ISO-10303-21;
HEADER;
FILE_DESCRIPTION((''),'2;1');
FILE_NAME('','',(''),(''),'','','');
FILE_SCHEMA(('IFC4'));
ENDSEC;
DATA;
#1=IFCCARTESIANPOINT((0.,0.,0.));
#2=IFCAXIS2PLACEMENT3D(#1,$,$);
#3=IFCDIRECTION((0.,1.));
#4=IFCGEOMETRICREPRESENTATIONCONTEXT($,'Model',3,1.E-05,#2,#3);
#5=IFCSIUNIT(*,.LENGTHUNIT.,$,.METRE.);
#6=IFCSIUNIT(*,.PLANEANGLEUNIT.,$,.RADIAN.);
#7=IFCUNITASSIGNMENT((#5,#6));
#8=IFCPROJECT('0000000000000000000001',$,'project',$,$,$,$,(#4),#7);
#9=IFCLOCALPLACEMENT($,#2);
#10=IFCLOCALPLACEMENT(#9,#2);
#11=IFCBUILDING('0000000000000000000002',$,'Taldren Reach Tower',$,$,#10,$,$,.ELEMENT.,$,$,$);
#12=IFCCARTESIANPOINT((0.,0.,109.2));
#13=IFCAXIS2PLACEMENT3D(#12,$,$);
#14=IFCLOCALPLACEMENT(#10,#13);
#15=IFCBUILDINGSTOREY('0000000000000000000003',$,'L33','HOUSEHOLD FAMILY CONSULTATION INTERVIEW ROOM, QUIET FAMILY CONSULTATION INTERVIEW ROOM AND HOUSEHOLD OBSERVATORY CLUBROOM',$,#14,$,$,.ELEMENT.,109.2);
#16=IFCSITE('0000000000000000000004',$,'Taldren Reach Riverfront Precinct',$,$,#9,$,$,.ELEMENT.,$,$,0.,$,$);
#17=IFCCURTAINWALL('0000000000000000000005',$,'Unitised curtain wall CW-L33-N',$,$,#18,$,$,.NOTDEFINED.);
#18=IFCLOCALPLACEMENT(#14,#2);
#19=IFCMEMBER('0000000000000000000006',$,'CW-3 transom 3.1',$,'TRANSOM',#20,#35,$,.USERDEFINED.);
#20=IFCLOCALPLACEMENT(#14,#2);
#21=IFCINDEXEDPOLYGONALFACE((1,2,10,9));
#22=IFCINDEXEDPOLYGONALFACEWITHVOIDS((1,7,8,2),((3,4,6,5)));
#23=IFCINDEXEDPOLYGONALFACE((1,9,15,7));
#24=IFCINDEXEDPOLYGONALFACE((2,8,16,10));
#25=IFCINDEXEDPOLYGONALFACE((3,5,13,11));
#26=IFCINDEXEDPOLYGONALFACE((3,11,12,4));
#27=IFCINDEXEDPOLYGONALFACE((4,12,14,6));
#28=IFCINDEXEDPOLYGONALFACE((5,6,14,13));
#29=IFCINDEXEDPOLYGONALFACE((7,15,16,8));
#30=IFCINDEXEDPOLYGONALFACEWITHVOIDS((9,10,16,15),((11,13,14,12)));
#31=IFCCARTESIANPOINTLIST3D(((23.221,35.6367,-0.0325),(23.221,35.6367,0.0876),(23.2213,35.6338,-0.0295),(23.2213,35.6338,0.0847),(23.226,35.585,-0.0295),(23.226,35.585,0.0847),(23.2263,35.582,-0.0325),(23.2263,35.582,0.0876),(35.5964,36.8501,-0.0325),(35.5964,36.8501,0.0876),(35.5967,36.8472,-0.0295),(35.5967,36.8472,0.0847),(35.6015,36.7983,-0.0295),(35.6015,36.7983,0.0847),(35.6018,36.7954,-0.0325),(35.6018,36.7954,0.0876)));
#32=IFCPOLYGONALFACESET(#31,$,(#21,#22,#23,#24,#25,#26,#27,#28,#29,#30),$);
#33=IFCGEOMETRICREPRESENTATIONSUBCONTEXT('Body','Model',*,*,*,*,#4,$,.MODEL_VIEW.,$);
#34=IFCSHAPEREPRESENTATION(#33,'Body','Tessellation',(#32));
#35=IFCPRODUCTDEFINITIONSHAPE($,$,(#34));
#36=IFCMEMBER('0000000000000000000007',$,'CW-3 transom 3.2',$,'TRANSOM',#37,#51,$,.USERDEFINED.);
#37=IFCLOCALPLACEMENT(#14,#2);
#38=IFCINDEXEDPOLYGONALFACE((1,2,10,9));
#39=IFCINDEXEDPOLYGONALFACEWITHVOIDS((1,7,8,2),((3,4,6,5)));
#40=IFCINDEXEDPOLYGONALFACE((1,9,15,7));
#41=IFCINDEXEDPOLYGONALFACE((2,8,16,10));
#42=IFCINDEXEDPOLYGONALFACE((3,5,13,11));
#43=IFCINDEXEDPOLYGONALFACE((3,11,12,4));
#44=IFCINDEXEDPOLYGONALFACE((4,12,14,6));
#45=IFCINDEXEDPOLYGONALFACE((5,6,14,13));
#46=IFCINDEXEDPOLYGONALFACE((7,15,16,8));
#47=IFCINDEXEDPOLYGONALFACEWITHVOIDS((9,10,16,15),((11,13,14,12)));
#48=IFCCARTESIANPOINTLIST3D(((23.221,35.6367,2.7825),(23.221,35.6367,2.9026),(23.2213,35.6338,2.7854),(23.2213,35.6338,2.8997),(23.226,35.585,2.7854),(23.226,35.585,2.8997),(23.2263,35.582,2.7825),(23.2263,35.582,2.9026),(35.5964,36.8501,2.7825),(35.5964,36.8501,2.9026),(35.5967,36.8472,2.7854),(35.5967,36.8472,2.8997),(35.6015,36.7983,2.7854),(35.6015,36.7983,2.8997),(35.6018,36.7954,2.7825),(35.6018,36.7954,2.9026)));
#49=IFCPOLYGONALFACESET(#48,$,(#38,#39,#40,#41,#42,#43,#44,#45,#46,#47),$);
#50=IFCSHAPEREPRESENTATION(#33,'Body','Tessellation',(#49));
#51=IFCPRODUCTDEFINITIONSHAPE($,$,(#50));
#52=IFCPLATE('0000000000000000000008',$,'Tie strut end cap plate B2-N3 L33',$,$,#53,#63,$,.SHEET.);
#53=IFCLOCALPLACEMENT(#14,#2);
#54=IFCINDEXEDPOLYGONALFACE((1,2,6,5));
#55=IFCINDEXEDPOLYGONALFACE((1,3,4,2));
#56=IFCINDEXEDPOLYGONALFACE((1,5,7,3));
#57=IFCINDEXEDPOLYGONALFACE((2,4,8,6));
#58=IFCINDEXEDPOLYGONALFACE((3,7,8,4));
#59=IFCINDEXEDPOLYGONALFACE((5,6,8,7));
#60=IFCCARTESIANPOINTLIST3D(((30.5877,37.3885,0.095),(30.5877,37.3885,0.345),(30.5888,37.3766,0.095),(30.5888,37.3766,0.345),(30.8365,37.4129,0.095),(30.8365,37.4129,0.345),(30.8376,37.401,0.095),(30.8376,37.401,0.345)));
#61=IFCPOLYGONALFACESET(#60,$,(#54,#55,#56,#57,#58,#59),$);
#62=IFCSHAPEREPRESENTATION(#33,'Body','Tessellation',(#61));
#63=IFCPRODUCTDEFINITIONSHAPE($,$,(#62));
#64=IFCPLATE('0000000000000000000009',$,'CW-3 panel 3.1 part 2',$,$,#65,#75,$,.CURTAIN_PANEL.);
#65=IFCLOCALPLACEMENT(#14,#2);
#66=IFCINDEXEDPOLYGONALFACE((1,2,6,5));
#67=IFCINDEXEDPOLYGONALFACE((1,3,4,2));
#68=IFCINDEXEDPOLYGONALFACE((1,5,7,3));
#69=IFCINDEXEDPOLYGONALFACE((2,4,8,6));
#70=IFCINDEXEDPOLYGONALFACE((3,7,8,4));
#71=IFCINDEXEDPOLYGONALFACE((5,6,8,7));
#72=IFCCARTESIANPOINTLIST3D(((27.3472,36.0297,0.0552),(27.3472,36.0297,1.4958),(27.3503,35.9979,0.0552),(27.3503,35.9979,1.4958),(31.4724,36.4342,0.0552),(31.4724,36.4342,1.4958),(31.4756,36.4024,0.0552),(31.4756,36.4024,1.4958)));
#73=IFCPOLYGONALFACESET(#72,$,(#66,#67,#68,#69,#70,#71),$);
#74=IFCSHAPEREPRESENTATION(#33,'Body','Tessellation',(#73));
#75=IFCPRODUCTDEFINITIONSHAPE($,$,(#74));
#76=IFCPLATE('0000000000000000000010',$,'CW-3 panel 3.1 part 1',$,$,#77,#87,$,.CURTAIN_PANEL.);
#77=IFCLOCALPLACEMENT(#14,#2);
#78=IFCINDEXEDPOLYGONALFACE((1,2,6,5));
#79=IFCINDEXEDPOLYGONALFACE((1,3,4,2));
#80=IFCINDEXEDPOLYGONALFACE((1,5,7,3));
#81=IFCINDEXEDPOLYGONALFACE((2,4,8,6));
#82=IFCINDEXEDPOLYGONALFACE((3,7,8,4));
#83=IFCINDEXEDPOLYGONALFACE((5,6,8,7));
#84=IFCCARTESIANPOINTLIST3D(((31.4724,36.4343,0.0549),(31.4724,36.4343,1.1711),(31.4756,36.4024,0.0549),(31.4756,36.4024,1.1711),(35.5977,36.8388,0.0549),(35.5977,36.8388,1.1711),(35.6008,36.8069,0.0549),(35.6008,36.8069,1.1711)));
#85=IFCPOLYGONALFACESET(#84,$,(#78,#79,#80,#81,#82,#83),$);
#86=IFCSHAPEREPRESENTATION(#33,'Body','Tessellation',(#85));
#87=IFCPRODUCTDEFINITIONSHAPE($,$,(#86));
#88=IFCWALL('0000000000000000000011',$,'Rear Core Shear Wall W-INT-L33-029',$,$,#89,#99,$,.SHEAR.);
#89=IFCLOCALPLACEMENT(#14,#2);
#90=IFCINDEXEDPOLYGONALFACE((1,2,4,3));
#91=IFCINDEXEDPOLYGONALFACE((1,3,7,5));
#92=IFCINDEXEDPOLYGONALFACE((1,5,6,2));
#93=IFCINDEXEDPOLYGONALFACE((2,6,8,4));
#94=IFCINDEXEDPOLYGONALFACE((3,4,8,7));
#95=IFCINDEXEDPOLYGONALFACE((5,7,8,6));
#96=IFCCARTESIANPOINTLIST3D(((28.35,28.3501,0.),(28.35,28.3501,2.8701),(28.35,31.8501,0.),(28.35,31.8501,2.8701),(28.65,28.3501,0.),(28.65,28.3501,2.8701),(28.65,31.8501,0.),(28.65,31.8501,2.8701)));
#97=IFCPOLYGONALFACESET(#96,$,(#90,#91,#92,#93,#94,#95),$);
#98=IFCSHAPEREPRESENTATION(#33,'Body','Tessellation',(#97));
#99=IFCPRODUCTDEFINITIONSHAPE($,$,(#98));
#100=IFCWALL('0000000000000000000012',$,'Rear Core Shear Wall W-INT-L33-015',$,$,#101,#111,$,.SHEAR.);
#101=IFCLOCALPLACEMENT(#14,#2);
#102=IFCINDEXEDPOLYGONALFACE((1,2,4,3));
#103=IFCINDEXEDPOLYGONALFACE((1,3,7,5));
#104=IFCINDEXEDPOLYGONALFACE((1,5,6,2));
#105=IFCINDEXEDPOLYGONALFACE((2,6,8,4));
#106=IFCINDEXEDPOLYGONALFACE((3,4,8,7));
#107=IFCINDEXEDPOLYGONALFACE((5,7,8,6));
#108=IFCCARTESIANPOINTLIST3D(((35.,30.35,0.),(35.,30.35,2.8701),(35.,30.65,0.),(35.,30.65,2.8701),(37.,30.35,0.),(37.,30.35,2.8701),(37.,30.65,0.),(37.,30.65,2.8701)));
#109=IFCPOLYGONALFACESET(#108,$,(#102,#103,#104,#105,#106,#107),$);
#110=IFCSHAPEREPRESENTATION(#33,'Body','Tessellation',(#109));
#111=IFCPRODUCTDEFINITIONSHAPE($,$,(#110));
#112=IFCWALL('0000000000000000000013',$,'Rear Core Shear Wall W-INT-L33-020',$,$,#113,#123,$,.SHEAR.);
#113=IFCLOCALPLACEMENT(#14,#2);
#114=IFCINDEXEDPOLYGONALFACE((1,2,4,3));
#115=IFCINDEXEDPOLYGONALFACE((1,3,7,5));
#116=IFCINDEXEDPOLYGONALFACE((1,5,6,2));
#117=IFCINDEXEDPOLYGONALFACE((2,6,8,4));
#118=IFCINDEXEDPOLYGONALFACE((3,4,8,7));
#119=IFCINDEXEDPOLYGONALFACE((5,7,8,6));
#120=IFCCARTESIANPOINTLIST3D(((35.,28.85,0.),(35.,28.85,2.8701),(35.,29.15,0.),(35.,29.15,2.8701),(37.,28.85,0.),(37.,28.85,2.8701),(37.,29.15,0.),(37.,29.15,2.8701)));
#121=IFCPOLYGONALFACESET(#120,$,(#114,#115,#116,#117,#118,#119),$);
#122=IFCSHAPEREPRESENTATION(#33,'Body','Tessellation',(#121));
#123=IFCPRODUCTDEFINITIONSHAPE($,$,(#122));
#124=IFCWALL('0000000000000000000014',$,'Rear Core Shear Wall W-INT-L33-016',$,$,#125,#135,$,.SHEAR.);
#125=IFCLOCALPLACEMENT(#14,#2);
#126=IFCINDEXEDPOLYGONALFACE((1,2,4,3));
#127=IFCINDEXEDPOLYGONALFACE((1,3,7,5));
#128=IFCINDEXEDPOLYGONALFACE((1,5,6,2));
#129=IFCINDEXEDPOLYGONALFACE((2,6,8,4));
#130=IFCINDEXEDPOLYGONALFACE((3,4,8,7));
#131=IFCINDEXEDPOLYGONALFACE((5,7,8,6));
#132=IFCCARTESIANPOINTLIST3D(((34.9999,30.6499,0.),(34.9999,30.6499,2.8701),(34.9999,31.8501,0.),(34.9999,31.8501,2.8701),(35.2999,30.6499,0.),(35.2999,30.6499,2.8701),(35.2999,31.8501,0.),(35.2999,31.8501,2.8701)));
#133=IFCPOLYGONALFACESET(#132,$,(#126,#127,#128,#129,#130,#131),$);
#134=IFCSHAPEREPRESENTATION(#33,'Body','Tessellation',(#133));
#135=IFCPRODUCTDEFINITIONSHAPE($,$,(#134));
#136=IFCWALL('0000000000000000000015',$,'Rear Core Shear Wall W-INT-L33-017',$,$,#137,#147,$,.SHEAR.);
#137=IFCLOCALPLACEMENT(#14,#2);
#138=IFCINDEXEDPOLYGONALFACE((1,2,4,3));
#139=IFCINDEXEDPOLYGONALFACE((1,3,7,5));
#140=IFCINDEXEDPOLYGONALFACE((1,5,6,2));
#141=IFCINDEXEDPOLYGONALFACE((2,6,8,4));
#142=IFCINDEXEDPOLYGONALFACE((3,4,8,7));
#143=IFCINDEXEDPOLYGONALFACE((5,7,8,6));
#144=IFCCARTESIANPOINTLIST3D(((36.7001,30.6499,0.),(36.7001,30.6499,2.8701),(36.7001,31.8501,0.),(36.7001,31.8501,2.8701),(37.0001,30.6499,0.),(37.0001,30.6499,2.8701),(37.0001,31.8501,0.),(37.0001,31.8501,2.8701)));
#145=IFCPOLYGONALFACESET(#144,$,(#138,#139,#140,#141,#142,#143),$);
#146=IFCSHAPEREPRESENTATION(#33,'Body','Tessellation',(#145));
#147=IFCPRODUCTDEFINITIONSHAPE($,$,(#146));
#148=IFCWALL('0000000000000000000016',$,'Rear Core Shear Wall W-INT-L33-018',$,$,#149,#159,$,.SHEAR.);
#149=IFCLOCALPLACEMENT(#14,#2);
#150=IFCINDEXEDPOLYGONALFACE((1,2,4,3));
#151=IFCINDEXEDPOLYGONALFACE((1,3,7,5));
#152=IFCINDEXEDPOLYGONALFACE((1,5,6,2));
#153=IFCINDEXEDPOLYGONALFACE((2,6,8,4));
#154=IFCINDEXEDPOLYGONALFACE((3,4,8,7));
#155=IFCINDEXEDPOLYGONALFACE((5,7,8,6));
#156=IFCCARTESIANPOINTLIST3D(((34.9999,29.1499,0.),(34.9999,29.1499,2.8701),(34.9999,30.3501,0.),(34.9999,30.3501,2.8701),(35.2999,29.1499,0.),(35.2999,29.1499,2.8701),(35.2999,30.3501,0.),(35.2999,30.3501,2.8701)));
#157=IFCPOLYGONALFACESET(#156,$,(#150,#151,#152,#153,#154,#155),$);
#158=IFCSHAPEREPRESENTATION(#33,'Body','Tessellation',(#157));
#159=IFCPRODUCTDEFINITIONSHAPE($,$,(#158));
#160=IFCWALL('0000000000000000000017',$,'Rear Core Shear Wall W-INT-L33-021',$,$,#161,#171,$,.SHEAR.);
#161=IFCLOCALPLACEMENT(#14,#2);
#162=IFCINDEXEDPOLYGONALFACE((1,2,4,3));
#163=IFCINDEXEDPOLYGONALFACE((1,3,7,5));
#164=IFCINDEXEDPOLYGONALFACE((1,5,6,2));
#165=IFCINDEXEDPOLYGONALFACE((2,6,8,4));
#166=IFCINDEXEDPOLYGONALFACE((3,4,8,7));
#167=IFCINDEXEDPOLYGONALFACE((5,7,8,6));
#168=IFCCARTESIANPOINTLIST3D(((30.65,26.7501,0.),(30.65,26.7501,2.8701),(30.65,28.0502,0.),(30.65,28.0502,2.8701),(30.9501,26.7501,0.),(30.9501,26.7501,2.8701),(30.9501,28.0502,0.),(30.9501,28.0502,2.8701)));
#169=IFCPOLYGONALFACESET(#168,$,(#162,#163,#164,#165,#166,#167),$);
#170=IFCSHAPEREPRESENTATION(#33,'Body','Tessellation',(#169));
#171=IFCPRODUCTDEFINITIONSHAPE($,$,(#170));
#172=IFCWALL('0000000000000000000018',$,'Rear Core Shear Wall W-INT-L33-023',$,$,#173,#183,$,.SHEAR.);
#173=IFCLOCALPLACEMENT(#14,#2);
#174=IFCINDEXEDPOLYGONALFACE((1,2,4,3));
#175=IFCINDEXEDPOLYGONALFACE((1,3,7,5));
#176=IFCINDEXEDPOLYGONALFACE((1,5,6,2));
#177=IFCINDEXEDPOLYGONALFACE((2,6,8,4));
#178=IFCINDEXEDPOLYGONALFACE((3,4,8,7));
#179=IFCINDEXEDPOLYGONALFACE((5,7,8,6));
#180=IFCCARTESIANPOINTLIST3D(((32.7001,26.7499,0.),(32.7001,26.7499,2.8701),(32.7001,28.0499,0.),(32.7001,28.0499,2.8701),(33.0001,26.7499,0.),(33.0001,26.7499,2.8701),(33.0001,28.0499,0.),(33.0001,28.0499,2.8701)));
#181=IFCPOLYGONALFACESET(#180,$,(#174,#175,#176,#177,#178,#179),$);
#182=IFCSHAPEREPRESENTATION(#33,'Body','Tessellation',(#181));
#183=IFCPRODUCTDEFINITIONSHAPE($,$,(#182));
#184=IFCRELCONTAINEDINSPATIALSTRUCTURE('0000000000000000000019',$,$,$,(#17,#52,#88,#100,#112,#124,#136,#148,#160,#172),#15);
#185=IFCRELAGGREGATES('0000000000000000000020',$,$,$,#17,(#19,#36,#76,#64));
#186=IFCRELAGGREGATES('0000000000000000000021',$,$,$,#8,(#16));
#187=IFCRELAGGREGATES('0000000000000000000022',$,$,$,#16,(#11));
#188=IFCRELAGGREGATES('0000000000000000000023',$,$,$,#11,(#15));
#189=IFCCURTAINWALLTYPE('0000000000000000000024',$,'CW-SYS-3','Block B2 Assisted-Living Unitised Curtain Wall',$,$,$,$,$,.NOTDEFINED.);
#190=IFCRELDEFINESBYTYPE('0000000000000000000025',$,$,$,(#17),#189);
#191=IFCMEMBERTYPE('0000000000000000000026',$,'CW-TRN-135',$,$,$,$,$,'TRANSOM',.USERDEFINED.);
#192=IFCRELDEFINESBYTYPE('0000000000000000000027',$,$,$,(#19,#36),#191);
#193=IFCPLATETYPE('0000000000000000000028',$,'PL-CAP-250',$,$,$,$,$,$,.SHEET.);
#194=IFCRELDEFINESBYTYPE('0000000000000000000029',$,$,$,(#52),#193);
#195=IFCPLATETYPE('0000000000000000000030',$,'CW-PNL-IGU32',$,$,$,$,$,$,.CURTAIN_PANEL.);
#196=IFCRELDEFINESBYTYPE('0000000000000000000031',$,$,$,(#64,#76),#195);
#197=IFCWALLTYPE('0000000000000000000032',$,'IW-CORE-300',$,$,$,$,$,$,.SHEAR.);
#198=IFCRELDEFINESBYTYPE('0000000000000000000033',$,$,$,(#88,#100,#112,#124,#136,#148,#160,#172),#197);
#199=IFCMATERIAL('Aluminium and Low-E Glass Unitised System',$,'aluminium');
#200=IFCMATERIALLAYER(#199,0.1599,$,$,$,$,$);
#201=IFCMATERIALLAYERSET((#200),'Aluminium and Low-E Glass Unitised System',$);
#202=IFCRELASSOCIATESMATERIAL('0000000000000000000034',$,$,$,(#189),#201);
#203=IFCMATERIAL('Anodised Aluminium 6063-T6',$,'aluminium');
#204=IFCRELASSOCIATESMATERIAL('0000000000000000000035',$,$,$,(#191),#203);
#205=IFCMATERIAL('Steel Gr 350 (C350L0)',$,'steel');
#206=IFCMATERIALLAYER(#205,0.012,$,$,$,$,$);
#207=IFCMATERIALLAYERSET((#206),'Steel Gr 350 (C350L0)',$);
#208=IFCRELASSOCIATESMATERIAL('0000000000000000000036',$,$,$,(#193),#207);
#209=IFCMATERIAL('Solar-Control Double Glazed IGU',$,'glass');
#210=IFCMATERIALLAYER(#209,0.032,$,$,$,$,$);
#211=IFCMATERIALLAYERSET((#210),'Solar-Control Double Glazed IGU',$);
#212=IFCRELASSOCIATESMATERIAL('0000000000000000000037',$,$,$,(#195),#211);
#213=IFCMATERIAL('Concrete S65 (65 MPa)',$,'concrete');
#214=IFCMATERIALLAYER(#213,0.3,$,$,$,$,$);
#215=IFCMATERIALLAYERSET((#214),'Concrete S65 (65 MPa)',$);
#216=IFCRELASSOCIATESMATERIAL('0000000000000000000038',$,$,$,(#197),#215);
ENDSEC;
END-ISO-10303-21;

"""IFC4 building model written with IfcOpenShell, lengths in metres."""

from ifc_helpers import new_model, si_unit, direction, frame, frame_2d, origin, origin_2d, place, context, subcontext, project, spatial, rectangle, hollow_rectangle, extrude, source, transform, mapped, material, layer, layer_set, material_profile, profile_set, type_object, element, aggregate, save


model = new_model("IFC4")

# Units and contexts
model_context = context("Model", 3, precision=1e-05, world=origin(), true_north=direction((0.0, 1.0)))
body_context = subcontext(model_context, "Body", "Model", "MODEL_VIEW")
ifc_project = project(units=[si_unit("LENGTHUNIT", "METRE"), si_unit("PLANEANGLEUNIT", "RADIAN")], contexts=[model_context])

# Site, building, storey
site_placement = place(None, origin())
site = spatial("IfcSite", under=ifc_project, at=site_placement, Name="Taldren Reach Riverfront Precinct", CompositionType="ELEMENT", RefElevation=0.0)
building_placement = place(site_placement, origin())
building = spatial("IfcBuilding", under=site, at=building_placement, Name="Taldren Reach Tower", CompositionType="ELEMENT")
storey_placement = place(building_placement, frame((0.0, 0.0, 109.2)))
storey = spatial("IfcBuildingStorey", under=building, at=storey_placement, Name="L33", Description="HOUSEHOLD FAMILY CONSULTATION INTERVIEW ROOM, QUIET FAMILY CONSULTATION INTERVIEW ROOM AND HOUSEHOLD OBSERVATORY CLUBROOM", CompositionType="ELEMENT", Elevation=109.2)

# Shared definitions
ifc_material_1 = material(Name="Steel Gr 350 (C350L0)", Category="steel")

# Curtain wall, members
ifc_material_2 = material(Name="Aluminium and Low-E Glass Unitised System", Category="aluminium")
ifc_layer_1 = layer(ifc_material_2, 0.1599)
ifc_layer_set_1 = layer_set([ifc_layer_1], Name="Aluminium and Low-E Glass Unitised System")
curtain_wall_type = type_object("IfcCurtainWallType", Name="CW-SYS-3", Description="Block B2 Assisted-Living Unitised Curtain Wall", PredefinedType="NOTDEFINED", material=ifc_layer_set_1)
curtain_wall_placement = place(storey_placement, origin())
curtain_wall = element("IfcCurtainWall", 1, at=curtain_wall_placement, inside=storey, type_object=curtain_wall_type, Name="Unitised curtain wall CW-L33-N", PredefinedType="NOTDEFINED")
ifc_material_3 = material(Name="Anodised Aluminium 6063-T6", Category="aluminium")
ifc_material_profile_1 = material_profile(ifc_material_3, hollow_rectangle(XDim=0.0549, YDim=0.1201, WallThickness=0.0029, at=origin_2d()), Name="ALU-120x55x3RHS")
ifc_profile_set_1 = profile_set([ifc_material_profile_1], Name="Anodised Aluminium 6063-T6")
member_type_1 = type_object("IfcMemberType", Name="CW-TRN-135", ElementType="TRANSOM", PredefinedType="USERDEFINED", material=ifc_profile_set_1)
shared_shape_1 = source(origin(), body_context, "Body", "SweptSolid", [
    extrude(hollow_rectangle(XDim=0.0549, YDim=0.1201, WallThickness=0.0029, at=origin_2d()), origin(), (0.0, 0.0, 1.0), 12.4348),
])
member_1_placement = place(storey_placement, frame((35.5991, 36.8228, 0.0276), z_axis=(-0.995228, -0.097579, 0.0), x_axis=(0.097579, -0.995228, 0.0)))
member_1 = element("IfcMember", 2, at=member_1_placement, type_object=member_type_1, Name="CW-3 transom 3.1", ObjectType="TRANSOM", PredefinedType="USERDEFINED", context=body_context, shape_type="MappedRepresentation", body=[
    mapped(shared_shape_1, transform((0.0, 0.0, 0.0), scale=1.0)),
])
member_2_placement = place(storey_placement, frame((35.5991, 36.8228, 2.8425), z_axis=(-0.995228, -0.097579, 0.0), x_axis=(0.097579, -0.995228, 0.0)))
member_2 = element("IfcMember", 3, at=member_2_placement, type_object=member_type_1, Name="CW-3 transom 3.2", ObjectType="TRANSOM", PredefinedType="USERDEFINED", context=body_context, shape_type="MappedRepresentation", body=[
    mapped(shared_shape_1, transform((0.0, 0.0, 0.0), scale=1.0)),
])

# Plates
ifc_layer_2 = layer(ifc_material_1, 0.012)
ifc_layer_set_2 = layer_set([ifc_layer_2], Name="Steel Gr 350 (C350L0)")
plate_type_1 = type_object("IfcPlateType", Name="PL-CAP-250", PredefinedType="SHEET", material=ifc_layer_set_2)
shared_shape_2 = source(origin(), body_context, "Body", "SweptSolid", [
    extrude(rectangle(XDim=0.25, YDim=0.012, at=origin_2d()), origin(), (0.0, 0.0, 1.0), 0.25),
])
plate_1_placement = place(storey_placement, frame((30.7126, 37.3948, 0.095), z_axis=(0.0, 0.0, 1.0), x_axis=(0.995227, 0.097583, 0.0)))
element("IfcPlate", 4, at=plate_1_placement, inside=storey, type_object=plate_type_1, Name="Tie strut end cap plate B2-N3 L33", PredefinedType="SHEET", context=body_context, shape_type="MappedRepresentation", body=[
    mapped(shared_shape_2, transform((0.0, 0.0, 0.0), scale=1.0)),
])
ifc_material_4 = material(Name="Solar-Control Double Glazed IGU", Category="glass")
ifc_layer_3 = layer(ifc_material_4, 0.032)
ifc_layer_set_3 = layer_set([ifc_layer_3], Name="Solar-Control Double Glazed IGU")
plate_type_2 = type_object("IfcPlateType", Name="CW-PNL-IGU32", PredefinedType="CURTAIN_PANEL", material=ifc_layer_set_3)
shared_shape_3 = source(origin(), body_context, "Body", "SweptSolid", [
    extrude(rectangle(XDim=4.145, YDim=0.032, at=origin_2d()), origin(), (0.0, 0.0, 1.0), 1.4407),
])
plate_2_placement = place(storey_placement, frame((29.4114, 36.2161, 0.0552), z_axis=(0.0, 0.0, 1.0), x_axis=(-0.995227, -0.097583, 0.0)))
plate_2 = element("IfcPlate", 5, at=plate_2_placement, type_object=plate_type_2, Name="CW-3 panel 3.1 part 2", PredefinedType="CURTAIN_PANEL", context=body_context, shape_type="MappedRepresentation", body=[
    mapped(shared_shape_3, transform((0.0, 0.0, 0.0), scale=1.0)),
])
shared_shape_4 = source(origin(), body_context, "Body", "SweptSolid", [
    extrude(rectangle(XDim=4.145, YDim=0.032, at=origin_2d()), origin(), (0.0, 0.0, 1.0), 1.1162),
])
plate_3_placement = place(storey_placement, frame((33.5366, 36.6206, 0.0549), z_axis=(0.0, 0.0, 1.0), x_axis=(-0.995227, -0.097583, 0.0)))
plate_3 = element("IfcPlate", 6, at=plate_3_placement, type_object=plate_type_2, Name="CW-3 panel 3.1 part 1", PredefinedType="CURTAIN_PANEL", context=body_context, shape_type="MappedRepresentation", body=[
    mapped(shared_shape_4, transform((0.0, 0.0, 0.0), scale=1.0)),
])
aggregate(curtain_wall, [member_1, member_2, plate_3, plate_2])

# Walls
ifc_material_5 = material(Name="Concrete S65 (65 MPa)", Category="concrete")
ifc_layer_4 = layer(ifc_material_5, 0.3)
ifc_layer_set_4 = layer_set([ifc_layer_4], Name="Concrete S65 (65 MPa)")
wall_type_1 = type_object("IfcWallType", Name="IW-CORE-300", PredefinedType="SHEAR", material=ifc_layer_set_4)
shared_shape_5 = source(origin(), body_context, "Body", "SweptSolid", [
    extrude(rectangle(XDim=3.5, YDim=0.3, at=frame_2d((1.75, 0.0))), origin(), (0.0, 0.0, 1.0), 2.8701),
])
wall_1_placement = place(storey_placement, frame((28.5, 28.3501, 0.0), z_axis=(0.0, 0.0, 1.0), x_axis=(0.0, 1.0, 0.0)))
element("IfcWall", 7, at=wall_1_placement, inside=storey, type_object=wall_type_1, Name="Rear Core Shear Wall W-INT-L33-029", PredefinedType="SHEAR", context=body_context, shape_type="MappedRepresentation", body=[
    mapped(shared_shape_5, transform((0.0, 0.0, 0.0), scale=1.0)),
])
shared_shape_6 = source(origin(), body_context, "Body", "SweptSolid", [
    extrude(rectangle(XDim=2.0, YDim=0.3, at=frame_2d((1.0, 0.0))), origin(), (0.0, 0.0, 1.0), 2.8701),
])
for number, where, z_axis, x_axis, name in (
    (8, (35.0, 30.5, 0.0), (0.0, 0.0, 1.0), (1.0, 0.0, 0.0), "Rear Core Shear Wall W-INT-L33-015"),
    (9, (35.0, 29.0, 0.0), (0.0, 0.0, 1.0), (1.0, 0.0, 0.0), "Rear Core Shear Wall W-INT-L33-020"),
):
    element("IfcWall", number, at=place(storey_placement, frame(where, z_axis=z_axis, x_axis=x_axis)), inside=storey, type_object=wall_type_1, Name=name, PredefinedType="SHEAR", context=body_context, shape_type="MappedRepresentation", body=[
        mapped(shared_shape_6, transform((0.0, 0.0, 0.0), scale=1.0)),
    ])
shared_shape_7 = source(origin(), body_context, "Body", "SweptSolid", [
    extrude(rectangle(XDim=1.2002, YDim=0.3, at=frame_2d((0.6001, 0.0))), origin(), (0.0, 0.0, 1.0), 2.8701),
])
for number, where, z_axis, x_axis, name in (
    (10, (35.1499, 31.8501, 0.0), (0.0, 0.0, 1.0), (0.0, -1.0, 0.0), "Rear Core Shear Wall W-INT-L33-016"),
    (11, (36.8501, 30.6499, 0.0), (0.0, 0.0, 1.0), (0.0, 1.0, 0.0), "Rear Core Shear Wall W-INT-L33-017"),
    (12, (35.1499, 30.3501, 0.0), (0.0, 0.0, 1.0), (0.0, -1.0, 0.0), "Rear Core Shear Wall W-INT-L33-018"),
):
    element("IfcWall", number, at=place(storey_placement, frame(where, z_axis=z_axis, x_axis=x_axis)), inside=storey, type_object=wall_type_1, Name=name, PredefinedType="SHEAR", context=body_context, shape_type="MappedRepresentation", body=[
        mapped(shared_shape_7, transform((0.0, 0.0, 0.0), scale=1.0)),
    ])
shared_shape_8 = source(origin(), body_context, "Body", "SweptSolid", [
    extrude(rectangle(XDim=1.3, YDim=0.3, at=frame_2d((0.6499, 0.0))), origin(), (0.0, 0.0, 1.0), 2.8701),
])
for number, where, z_axis, x_axis, name in (
    (13, (30.8, 28.05, 0.0), (0.0, 0.0, 1.0), (0.0, -1.0, 0.0), "Rear Core Shear Wall W-INT-L33-021"),
    (14, (32.8501, 26.75, 0.0), (0.0, 0.0, 1.0), (0.0, 1.0, 0.0), "Rear Core Shear Wall W-INT-L33-023"),
):
    element("IfcWall", number, at=place(storey_placement, frame(where, z_axis=z_axis, x_axis=x_axis)), inside=storey, type_object=wall_type_1, Name=name, PredefinedType="SHEAR", context=body_context, shape_type="MappedRepresentation", body=[
        mapped(shared_shape_8, transform((0.0, 0.0, 0.0), scale=1.0)),
    ])

save(model, "model.ifc")
